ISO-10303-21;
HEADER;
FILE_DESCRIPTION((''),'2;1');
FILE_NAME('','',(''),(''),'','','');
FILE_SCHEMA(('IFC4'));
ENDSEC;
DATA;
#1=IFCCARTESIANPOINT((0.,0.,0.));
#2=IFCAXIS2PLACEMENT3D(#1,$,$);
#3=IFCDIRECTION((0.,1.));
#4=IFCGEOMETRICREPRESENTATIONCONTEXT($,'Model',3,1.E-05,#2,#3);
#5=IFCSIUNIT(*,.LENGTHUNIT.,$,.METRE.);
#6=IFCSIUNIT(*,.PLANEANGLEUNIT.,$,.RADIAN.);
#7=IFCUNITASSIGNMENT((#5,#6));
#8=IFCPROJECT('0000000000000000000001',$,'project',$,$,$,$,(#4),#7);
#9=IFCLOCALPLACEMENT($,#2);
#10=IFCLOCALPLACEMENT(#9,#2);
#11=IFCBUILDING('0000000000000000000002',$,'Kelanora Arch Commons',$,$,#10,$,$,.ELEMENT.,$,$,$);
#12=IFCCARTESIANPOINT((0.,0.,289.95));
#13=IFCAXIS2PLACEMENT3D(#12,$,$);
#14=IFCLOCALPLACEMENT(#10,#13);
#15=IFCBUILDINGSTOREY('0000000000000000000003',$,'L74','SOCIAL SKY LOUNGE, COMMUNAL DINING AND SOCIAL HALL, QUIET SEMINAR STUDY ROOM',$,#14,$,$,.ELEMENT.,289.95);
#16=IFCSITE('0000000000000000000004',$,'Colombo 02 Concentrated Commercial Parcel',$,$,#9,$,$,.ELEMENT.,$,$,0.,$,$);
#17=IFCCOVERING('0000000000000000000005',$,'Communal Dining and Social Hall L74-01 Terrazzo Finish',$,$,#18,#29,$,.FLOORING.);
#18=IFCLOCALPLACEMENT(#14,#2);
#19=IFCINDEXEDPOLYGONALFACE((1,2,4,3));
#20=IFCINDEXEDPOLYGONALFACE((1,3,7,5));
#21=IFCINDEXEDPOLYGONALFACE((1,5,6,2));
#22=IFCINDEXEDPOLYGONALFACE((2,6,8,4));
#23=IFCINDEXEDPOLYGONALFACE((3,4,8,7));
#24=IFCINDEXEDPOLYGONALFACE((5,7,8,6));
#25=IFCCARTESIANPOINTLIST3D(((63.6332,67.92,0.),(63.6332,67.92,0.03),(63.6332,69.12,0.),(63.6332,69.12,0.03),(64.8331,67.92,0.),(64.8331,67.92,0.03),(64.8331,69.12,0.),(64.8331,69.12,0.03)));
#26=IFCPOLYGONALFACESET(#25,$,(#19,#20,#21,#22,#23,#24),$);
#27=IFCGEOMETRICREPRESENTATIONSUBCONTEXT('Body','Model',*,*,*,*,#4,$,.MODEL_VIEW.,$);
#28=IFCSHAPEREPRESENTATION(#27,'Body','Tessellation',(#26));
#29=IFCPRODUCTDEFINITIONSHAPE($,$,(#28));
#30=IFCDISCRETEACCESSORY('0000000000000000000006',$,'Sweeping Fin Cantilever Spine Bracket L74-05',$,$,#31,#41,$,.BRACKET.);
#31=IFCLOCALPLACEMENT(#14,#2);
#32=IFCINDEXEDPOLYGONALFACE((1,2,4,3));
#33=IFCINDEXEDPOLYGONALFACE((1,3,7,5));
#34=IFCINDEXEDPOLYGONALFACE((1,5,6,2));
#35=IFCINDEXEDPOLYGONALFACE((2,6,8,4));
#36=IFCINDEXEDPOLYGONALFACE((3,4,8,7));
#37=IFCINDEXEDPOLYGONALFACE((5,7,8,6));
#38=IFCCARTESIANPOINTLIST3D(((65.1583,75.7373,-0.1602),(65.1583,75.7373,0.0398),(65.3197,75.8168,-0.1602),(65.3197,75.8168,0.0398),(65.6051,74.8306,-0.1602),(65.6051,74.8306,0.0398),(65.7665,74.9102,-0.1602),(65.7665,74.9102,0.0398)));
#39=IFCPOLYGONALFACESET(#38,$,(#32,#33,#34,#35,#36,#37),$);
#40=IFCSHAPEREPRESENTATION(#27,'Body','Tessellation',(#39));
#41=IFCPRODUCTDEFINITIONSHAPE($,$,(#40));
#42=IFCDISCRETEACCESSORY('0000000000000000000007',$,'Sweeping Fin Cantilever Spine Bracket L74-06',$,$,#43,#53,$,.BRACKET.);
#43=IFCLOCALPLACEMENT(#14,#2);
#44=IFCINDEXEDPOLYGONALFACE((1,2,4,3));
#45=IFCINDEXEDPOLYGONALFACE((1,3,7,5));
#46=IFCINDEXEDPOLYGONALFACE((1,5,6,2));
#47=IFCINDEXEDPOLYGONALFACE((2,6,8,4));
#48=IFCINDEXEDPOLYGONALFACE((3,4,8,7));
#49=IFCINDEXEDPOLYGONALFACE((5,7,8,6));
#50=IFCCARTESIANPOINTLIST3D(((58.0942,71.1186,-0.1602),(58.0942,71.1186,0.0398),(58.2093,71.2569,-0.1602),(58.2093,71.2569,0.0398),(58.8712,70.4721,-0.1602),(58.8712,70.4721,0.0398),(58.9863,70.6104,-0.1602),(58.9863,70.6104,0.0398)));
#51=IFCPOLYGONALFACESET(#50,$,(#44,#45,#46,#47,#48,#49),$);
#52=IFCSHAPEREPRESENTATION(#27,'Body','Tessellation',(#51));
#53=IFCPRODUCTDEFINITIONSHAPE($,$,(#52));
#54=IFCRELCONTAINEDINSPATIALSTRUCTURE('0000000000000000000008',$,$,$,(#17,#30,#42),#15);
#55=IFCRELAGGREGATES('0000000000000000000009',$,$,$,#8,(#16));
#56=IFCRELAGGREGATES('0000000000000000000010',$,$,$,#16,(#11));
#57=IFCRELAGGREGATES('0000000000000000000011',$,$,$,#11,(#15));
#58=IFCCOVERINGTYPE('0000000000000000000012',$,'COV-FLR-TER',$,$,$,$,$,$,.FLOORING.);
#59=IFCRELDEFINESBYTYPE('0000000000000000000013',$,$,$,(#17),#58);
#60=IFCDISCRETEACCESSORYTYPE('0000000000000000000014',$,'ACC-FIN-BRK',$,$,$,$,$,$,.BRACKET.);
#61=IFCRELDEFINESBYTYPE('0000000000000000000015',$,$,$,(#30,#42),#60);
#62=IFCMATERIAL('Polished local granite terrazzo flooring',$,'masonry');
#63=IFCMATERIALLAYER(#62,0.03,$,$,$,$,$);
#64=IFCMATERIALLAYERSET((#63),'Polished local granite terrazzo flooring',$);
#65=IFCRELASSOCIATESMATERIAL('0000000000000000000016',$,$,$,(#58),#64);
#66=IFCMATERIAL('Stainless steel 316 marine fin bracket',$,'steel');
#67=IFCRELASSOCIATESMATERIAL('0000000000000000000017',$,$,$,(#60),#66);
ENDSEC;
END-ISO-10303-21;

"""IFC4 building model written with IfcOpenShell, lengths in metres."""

from ifc_helpers import new_model, si_unit, direction, frame, origin, origin_2d, place, context, subcontext, project, spatial, rectangle, extrude, source, transform, mapped, material, layer, layer_set, type_object, element, save


model = new_model("IFC4")

# Units and contexts
model_context = context("Model", 3, precision=1e-05, world=origin(), true_north=direction((0.0, 1.0)))
body_context = subcontext(model_context, "Body", "Model", "MODEL_VIEW")
ifc_project = project(units=[si_unit("LENGTHUNIT", "METRE"), si_unit("PLANEANGLEUNIT", "RADIAN")], contexts=[model_context])

# Site, building, storey
site_placement = place(None, origin())
site = spatial("IfcSite", under=ifc_project, at=site_placement, Name="Colombo 02 Concentrated Commercial Parcel", CompositionType="ELEMENT", RefElevation=0.0)
building_placement = place(site_placement, origin())
building = spatial("IfcBuilding", under=site, at=building_placement, Name="Kelanora Arch Commons", CompositionType="ELEMENT")
storey_placement = place(building_placement, frame((0.0, 0.0, 289.95)))
storey = spatial("IfcBuildingStorey", under=building, at=storey_placement, Name="L74", Description="SOCIAL SKY LOUNGE, COMMUNAL DINING AND SOCIAL HALL, QUIET SEMINAR STUDY ROOM", CompositionType="ELEMENT", Elevation=289.95)

# Covering
ifc_material_1 = material(Name="Polished local granite terrazzo flooring", Category="masonry")
ifc_layer_1 = layer(ifc_material_1, 0.03)
ifc_layer_set_1 = layer_set([ifc_layer_1], Name="Polished local granite terrazzo flooring")
covering_type = type_object("IfcCoveringType", Name="COV-FLR-TER", PredefinedType="FLOORING", material=ifc_layer_set_1)
shared_shape_1 = source(origin(), body_context, "Body", "SweptSolid", [
    extrude(rectangle(XDim=1.2, YDim=1.2, at=origin_2d()), origin(), (0.0, 0.0, 1.0), 0.03),
])
covering_placement = place(storey_placement, frame((64.2332, 68.52, 0.0), z_axis=(0.0, 0.0, 1.0), x_axis=(1.0, 0.0, 0.0)))
element("IfcCovering", 1, at=covering_placement, inside=storey, type_object=covering_type, Name="Communal Dining and Social Hall L74-01 Terrazzo Finish", PredefinedType="FLOORING", context=body_context, shape_type="MappedRepresentation", body=[
    mapped(shared_shape_1, transform((0.0, 0.0, 0.0), scale=1.0)),
])

# Discrete accessories
ifc_material_2 = material(Name="Stainless steel 316 marine fin bracket", Category="steel")
discrete_accessory_type = type_object("IfcDiscreteAccessoryType", Name="ACC-FIN-BRK", PredefinedType="BRACKET", material=ifc_material_2)
shared_shape_2 = source(origin(), body_context, "Body", "SweptSolid", [
    extrude(rectangle(XDim=1.0107, YDim=0.1799, at=origin_2d()), origin(), (0.0, 0.0, 1.0), 0.2),
])
for number, where, z_axis, x_axis, name in (
    (2, (65.4624, 75.3237, -0.1602), (0.0, 0.0, 1.0), (-0.441976, 0.897027, 0.0), "Sweeping Fin Cantilever Spine Bracket L74-05"),
    (3, (58.5403, 70.8645, -0.1602), (0.0, 0.0, 1.0), (-0.76873, 0.639573, 0.0), "Sweeping Fin Cantilever Spine Bracket L74-06"),
):
    element("IfcDiscreteAccessory", number, at=place(storey_placement, frame(where, z_axis=z_axis, x_axis=x_axis)), inside=storey, type_object=discrete_accessory_type, Name=name, PredefinedType="BRACKET", context=body_context, shape_type="MappedRepresentation", body=[
        mapped(shared_shape_2, transform((0.0, 0.0, 0.0), scale=1.0)),
    ])

save(model, "model.ifc")
